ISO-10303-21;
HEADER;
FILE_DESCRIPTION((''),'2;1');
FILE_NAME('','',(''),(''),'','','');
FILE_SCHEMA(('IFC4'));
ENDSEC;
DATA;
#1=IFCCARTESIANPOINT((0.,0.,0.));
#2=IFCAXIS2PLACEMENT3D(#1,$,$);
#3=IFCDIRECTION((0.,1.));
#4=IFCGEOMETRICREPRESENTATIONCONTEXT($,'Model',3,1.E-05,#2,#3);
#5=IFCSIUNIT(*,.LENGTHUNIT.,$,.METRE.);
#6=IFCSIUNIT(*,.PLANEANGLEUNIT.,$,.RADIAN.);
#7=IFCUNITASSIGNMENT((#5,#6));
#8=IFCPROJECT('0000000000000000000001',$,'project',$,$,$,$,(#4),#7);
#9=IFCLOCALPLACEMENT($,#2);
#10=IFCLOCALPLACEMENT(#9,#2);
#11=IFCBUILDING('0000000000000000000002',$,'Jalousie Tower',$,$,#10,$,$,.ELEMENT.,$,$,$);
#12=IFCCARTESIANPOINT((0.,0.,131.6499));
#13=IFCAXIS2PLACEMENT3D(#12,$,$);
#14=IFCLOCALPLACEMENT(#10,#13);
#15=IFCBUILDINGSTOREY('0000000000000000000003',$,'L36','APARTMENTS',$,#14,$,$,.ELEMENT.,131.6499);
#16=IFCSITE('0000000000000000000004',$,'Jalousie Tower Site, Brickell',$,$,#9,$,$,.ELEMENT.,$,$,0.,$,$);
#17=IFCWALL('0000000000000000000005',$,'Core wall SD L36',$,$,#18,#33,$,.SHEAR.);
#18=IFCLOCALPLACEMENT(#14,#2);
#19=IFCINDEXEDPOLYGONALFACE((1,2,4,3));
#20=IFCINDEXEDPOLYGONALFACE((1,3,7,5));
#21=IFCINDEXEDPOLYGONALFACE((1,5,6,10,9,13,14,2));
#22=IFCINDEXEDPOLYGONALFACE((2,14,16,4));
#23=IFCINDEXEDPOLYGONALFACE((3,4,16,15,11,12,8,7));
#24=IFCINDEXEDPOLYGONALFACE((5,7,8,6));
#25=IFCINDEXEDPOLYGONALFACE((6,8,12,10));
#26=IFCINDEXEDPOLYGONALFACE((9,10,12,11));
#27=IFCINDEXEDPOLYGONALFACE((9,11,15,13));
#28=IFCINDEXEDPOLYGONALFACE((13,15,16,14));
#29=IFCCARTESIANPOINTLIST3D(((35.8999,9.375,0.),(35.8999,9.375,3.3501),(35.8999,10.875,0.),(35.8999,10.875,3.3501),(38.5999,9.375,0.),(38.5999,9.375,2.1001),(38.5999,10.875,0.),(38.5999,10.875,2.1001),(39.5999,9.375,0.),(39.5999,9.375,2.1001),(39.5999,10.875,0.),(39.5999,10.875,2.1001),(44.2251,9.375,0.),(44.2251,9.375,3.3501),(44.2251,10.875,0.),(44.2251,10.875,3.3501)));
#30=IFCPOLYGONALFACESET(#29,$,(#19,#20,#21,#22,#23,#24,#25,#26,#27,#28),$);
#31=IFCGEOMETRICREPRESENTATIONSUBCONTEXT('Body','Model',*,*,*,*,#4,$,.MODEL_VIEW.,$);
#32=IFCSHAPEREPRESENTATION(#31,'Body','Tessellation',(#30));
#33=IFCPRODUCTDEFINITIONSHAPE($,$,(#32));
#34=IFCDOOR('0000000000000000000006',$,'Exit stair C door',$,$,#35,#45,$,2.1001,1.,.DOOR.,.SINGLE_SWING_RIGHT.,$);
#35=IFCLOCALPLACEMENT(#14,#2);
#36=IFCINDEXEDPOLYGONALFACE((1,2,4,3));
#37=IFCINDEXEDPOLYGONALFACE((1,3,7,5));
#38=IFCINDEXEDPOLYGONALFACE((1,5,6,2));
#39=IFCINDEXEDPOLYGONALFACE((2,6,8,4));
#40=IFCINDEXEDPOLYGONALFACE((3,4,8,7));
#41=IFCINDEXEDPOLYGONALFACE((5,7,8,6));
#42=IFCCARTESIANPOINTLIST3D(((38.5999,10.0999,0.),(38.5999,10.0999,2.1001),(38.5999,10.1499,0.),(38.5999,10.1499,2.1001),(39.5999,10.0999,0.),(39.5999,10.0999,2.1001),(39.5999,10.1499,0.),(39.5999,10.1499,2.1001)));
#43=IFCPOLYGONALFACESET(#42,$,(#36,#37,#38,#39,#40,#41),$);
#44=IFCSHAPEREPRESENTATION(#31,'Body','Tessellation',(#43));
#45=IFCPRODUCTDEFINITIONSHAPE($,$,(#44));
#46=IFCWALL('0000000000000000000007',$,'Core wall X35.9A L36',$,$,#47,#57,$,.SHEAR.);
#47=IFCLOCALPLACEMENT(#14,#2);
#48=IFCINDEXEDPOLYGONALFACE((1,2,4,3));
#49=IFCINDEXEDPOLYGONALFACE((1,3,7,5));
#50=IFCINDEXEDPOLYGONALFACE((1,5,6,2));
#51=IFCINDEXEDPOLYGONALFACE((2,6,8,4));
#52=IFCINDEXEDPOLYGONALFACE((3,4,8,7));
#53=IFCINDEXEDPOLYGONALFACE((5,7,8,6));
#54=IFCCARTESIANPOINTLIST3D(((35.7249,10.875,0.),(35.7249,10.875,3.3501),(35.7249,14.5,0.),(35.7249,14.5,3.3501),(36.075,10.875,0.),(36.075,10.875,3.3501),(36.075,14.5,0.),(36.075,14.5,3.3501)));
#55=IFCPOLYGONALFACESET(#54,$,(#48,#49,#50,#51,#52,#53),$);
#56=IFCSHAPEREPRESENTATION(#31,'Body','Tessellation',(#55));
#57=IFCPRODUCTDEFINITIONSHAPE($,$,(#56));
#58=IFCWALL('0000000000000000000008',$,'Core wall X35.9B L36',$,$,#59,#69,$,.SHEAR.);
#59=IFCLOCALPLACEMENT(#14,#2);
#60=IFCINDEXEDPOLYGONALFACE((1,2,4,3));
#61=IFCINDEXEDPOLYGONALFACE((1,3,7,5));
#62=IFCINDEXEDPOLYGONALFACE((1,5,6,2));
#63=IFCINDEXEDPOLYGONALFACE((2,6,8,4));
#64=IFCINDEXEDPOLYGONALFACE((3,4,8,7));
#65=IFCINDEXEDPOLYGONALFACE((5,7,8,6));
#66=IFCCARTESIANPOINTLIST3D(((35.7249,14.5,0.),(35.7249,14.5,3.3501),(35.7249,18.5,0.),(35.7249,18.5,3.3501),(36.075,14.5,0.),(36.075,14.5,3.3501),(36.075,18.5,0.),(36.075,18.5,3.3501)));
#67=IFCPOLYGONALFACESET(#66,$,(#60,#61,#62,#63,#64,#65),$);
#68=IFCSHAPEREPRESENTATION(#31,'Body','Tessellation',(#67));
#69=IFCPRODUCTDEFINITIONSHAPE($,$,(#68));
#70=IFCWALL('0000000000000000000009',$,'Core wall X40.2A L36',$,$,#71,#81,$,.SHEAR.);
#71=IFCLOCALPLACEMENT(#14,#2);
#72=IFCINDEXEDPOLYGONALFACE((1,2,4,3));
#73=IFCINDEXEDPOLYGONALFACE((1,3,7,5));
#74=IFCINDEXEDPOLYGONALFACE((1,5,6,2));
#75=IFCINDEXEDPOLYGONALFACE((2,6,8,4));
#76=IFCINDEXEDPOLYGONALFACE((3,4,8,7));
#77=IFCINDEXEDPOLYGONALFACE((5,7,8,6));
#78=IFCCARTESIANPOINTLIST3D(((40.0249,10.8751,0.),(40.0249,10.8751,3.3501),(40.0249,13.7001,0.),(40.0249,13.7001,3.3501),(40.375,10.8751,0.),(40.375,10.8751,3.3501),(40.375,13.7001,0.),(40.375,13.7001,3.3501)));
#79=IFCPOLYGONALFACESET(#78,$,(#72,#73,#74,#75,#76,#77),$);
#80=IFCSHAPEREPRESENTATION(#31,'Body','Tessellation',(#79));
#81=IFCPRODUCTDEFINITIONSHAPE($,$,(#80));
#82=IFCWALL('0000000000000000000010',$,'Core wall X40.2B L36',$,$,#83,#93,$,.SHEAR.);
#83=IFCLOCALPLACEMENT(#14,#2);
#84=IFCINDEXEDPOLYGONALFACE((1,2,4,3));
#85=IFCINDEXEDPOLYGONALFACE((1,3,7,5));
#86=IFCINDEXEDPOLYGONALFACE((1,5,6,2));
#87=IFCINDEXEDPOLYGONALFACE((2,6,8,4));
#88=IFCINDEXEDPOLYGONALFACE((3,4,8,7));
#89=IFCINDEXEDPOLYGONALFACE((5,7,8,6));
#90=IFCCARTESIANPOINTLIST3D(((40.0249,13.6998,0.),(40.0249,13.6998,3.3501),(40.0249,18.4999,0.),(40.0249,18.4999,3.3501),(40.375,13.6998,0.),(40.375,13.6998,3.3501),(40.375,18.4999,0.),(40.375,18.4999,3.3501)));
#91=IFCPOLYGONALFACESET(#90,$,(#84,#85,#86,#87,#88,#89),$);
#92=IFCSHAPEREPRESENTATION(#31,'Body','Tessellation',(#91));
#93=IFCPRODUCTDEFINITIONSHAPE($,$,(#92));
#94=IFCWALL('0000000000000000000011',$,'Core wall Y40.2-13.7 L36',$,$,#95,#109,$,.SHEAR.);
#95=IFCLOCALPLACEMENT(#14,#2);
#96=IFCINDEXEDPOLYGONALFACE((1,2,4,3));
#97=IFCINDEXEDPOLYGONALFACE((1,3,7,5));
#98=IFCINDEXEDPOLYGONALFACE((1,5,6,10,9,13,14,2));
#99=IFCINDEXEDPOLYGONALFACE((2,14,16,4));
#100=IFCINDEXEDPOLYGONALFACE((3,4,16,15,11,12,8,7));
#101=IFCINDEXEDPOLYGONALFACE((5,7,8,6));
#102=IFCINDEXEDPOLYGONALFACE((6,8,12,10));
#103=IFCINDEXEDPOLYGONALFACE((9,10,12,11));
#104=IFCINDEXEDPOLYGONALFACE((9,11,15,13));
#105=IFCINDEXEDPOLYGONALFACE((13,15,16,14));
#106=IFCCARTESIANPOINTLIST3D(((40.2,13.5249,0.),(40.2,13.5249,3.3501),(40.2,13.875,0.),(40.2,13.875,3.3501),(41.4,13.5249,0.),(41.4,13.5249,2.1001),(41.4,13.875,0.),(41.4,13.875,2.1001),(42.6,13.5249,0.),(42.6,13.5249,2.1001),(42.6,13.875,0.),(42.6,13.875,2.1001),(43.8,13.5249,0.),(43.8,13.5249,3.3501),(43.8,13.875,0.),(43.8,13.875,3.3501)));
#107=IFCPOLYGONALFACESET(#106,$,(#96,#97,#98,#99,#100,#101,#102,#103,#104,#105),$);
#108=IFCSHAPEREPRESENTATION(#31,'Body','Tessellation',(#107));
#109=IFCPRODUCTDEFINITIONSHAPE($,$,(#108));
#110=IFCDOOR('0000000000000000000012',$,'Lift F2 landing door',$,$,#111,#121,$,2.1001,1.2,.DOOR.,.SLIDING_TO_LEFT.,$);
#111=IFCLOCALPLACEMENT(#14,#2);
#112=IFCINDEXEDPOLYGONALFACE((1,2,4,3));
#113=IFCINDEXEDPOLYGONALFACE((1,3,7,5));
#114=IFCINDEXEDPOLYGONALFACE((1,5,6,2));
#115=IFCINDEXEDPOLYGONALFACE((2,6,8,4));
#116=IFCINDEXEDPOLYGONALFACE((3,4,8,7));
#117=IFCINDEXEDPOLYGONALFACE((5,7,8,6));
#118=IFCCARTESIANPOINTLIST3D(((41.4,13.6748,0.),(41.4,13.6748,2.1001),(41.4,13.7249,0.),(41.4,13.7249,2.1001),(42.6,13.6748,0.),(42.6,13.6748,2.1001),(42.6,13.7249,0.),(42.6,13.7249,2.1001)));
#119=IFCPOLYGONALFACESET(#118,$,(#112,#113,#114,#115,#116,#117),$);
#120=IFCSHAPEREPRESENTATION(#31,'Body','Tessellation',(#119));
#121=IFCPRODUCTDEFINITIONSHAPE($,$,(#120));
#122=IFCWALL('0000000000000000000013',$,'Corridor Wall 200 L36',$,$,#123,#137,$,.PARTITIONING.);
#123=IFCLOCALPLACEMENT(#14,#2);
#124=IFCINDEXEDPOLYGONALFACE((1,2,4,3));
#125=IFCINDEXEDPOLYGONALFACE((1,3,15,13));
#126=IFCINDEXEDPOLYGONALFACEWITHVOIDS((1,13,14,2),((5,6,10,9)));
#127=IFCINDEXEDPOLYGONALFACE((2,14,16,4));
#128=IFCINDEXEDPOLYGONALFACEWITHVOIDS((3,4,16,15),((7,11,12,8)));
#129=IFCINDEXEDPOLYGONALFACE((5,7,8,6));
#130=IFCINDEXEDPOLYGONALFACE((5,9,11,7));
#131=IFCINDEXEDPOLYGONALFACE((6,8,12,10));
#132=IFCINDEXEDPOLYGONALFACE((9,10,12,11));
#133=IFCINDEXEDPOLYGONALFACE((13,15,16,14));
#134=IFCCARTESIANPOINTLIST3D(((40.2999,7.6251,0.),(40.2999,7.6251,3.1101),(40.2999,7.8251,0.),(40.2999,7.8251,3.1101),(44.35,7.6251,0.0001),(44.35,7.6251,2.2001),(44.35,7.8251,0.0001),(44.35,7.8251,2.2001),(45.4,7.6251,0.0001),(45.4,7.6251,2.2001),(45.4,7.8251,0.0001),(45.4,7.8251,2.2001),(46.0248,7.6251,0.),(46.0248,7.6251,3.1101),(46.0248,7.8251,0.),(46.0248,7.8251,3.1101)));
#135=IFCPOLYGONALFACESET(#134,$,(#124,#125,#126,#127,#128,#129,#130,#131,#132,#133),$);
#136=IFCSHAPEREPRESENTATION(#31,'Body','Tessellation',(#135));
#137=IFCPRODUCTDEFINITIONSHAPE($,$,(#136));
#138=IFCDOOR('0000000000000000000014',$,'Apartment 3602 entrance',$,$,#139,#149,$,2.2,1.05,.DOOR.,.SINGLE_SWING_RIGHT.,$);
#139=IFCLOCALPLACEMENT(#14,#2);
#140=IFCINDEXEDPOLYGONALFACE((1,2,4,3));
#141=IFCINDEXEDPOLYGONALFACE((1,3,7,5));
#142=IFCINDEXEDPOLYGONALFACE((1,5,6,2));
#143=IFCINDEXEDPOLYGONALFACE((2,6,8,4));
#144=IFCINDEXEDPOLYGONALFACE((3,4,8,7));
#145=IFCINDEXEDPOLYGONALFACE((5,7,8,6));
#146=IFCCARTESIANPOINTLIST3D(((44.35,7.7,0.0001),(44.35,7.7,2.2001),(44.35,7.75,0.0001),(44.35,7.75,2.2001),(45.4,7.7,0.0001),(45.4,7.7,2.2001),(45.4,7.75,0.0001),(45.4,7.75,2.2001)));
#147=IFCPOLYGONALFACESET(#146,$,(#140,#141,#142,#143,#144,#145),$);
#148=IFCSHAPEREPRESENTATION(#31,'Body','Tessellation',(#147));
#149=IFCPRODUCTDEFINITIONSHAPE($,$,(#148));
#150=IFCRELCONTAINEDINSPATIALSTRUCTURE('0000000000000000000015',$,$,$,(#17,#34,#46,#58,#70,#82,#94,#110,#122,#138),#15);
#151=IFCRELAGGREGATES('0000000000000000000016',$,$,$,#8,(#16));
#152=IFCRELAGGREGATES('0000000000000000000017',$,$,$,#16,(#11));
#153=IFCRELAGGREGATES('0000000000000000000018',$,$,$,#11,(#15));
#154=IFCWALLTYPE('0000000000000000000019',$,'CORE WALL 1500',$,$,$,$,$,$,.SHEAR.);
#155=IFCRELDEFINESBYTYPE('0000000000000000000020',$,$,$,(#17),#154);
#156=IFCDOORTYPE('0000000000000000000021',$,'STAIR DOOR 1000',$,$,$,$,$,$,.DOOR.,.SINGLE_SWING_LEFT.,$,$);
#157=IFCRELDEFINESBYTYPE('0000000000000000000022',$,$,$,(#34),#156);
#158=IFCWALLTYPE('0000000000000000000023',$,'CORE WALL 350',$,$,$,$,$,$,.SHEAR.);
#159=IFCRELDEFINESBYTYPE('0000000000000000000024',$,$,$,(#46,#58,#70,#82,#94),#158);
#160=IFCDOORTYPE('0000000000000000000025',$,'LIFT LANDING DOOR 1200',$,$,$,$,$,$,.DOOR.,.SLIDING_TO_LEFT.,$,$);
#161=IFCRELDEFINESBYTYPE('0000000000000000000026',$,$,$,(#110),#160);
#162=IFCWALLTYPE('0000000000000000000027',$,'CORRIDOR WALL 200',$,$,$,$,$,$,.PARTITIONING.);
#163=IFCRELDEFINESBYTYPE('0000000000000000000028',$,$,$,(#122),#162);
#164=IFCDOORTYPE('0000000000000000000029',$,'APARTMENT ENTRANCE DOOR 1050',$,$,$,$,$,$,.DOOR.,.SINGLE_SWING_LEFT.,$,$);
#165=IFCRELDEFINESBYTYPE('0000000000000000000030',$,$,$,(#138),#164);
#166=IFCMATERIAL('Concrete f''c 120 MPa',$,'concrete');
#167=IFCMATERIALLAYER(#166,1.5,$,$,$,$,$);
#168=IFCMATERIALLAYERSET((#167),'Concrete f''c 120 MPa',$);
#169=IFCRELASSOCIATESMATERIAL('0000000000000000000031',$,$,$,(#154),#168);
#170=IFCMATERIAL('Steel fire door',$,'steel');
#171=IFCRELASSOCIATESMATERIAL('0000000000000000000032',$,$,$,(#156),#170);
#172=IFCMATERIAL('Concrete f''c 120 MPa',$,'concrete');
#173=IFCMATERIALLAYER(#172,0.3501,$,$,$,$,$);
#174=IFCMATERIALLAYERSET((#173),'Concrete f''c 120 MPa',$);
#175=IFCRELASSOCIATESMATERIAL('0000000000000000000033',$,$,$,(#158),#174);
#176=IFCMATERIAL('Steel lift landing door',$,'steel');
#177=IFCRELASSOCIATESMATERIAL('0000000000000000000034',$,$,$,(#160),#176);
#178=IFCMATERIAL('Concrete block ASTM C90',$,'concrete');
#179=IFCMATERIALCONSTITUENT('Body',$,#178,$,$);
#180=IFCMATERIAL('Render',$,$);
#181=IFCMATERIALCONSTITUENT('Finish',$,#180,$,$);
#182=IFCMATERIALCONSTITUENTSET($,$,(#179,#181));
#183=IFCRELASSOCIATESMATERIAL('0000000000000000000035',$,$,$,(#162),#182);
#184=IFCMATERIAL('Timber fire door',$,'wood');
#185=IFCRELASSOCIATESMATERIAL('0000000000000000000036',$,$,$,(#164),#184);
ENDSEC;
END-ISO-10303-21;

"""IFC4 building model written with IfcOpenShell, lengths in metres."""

from ifc_helpers import new_model, si_unit, direction, frame, frame_2d, origin, place, context, subcontext, project, spatial, rectangle, extrude, material, layer, layer_set, constituent, constituent_set, type_object, element, fill, save


model = new_model("IFC4")

# Units and contexts
model_context = context("Model", 3, precision=1e-05, world=origin(), true_north=direction((0.0, 1.0)))
body_context = subcontext(model_context, "Body", "Model", "MODEL_VIEW")
ifc_project = project(units=[si_unit("LENGTHUNIT", "METRE"), si_unit("PLANEANGLEUNIT", "RADIAN")], contexts=[model_context])

# Site, building, storey
site_placement = place(None, origin())
site = spatial("IfcSite", under=ifc_project, at=site_placement, Name="Jalousie Tower Site, Brickell", CompositionType="ELEMENT", RefElevation=0.0)
building_placement = place(site_placement, origin())
building = spatial("IfcBuilding", under=site, at=building_placement, Name="Jalousie Tower", CompositionType="ELEMENT")
storey_placement = place(building_placement, frame((0.0, 0.0, 131.6499)))
storey = spatial("IfcBuildingStorey", under=building, at=storey_placement, Name="L36", Description="APARTMENTS", CompositionType="ELEMENT", Elevation=131.6499)

# Wall, opening, door
ifc_material_1 = material(Name="Concrete f'c 120 MPa", Category="concrete")
ifc_layer_1 = layer(ifc_material_1, 1.5)
ifc_layer_set_1 = layer_set([ifc_layer_1], Name="Concrete f'c 120 MPa")
wall_type_1 = type_object("IfcWallType", Name="CORE WALL 1500", PredefinedType="SHEAR", material=ifc_layer_set_1)
wall_1_placement = place(storey_placement, frame((35.8999, 10.125, 0.0), z_axis=(0.0, 0.0, 1.0), x_axis=(1.0, 0.0, 0.0)))
wall_1 = element("IfcWall", 1, at=wall_1_placement, inside=storey, type_object=wall_type_1, Name="Core wall SD L36", PredefinedType="SHEAR", context=body_context, shape_type="SweptSolid", body=[
    extrude(rectangle(XDim=8.3252, YDim=1.5, at=frame_2d((4.1626, 0.0))), origin(), (0.0, 0.0, 1.0), 3.3501),
])
opening_1_placement = place(wall_1_placement, frame((2.7, 0.0, 0.0)))
opening_1 = element("IfcOpeningElement", 2, at=opening_1_placement, cuts=wall_1, PredefinedType="OPENING", context=body_context, shape_type="SweptSolid", body=[
    extrude(rectangle(XDim=1.0, YDim=2.1001, at=frame_2d((0.5, 1.05))), frame((0.0, 0.76, 0.0), z_axis=(0.0, -1.0, 0.0), x_axis=(1.0, 0.0, 0.0)), (0.0, 0.0, 1.0), 1.52),
])
ifc_material_2 = material(Name="Steel fire door", Category="steel")
door_type_1 = type_object("IfcDoorType", Name="STAIR DOOR 1000", OperationType="SINGLE_SWING_LEFT", PredefinedType="DOOR", material=ifc_material_2)
door_1_placement = place(opening_1_placement, origin())
door_1 = element("IfcDoor", 3, at=door_1_placement, inside=storey, type_object=door_type_1, Name="Exit stair C door", OperationType="SINGLE_SWING_RIGHT", OverallHeight=2.1001, OverallWidth=1.0, PredefinedType="DOOR", context=body_context, shape_type="SweptSolid", body=[
    extrude(rectangle(XDim=1.0, YDim=2.1001, at=frame_2d((0.5, 1.05))), frame((0.0, 0.0249, 0.0), z_axis=(0.0, -1.0, 0.0), x_axis=(1.0, 0.0, 0.0)), (0.0, 0.0, 1.0), 0.05),
])
fill(opening_1, door_1)

# Walls
ifc_material_3 = material(Name="Concrete f'c 120 MPa", Category="concrete")
ifc_layer_2 = layer(ifc_material_3, 0.3501)
ifc_layer_set_2 = layer_set([ifc_layer_2], Name="Concrete f'c 120 MPa")
wall_type_2 = type_object("IfcWallType", Name="CORE WALL 350", PredefinedType="SHEAR", material=ifc_layer_set_2)
wall_2_placement = place(storey_placement, frame((35.8999, 10.875, 0.0), z_axis=(0.0, 0.0, 1.0), x_axis=(0.0, 1.0, 0.0)))
element("IfcWall", 4, at=wall_2_placement, inside=storey, type_object=wall_type_2, Name="Core wall X35.9A L36", PredefinedType="SHEAR", context=body_context, shape_type="SweptSolid", body=[
    extrude(rectangle(XDim=3.625, YDim=0.3501, at=frame_2d((1.8125, 0.0))), origin(), (0.0, 0.0, 1.0), 3.3501),
])
wall_3_placement = place(storey_placement, frame((35.8999, 14.5, 0.0), z_axis=(0.0, 0.0, 1.0), x_axis=(0.0, 1.0, 0.0)))
element("IfcWall", 5, at=wall_3_placement, inside=storey, type_object=wall_type_2, Name="Core wall X35.9B L36", PredefinedType="SHEAR", context=body_context, shape_type="SweptSolid", body=[
    extrude(rectangle(XDim=4.0, YDim=0.3501, at=frame_2d((2.0, 0.0))), origin(), (0.0, 0.0, 1.0), 3.3501),
])
wall_4_placement = place(storey_placement, frame((40.2, 10.875, 0.0), z_axis=(0.0, 0.0, 1.0), x_axis=(0.0, 1.0, 0.0)))
element("IfcWall", 6, at=wall_4_placement, inside=storey, type_object=wall_type_2, Name="Core wall X40.2A L36", PredefinedType="SHEAR", context=body_context, shape_type="SweptSolid", body=[
    extrude(rectangle(XDim=2.825, YDim=0.3501, at=frame_2d((1.4126, 0.0))), origin(), (0.0, 0.0, 1.0), 3.3501),
])
wall_5_placement = place(storey_placement, frame((40.2, 13.7, 0.0), z_axis=(0.0, 0.0, 1.0), x_axis=(0.0, 1.0, 0.0)))
element("IfcWall", 7, at=wall_5_placement, inside=storey, type_object=wall_type_2, Name="Core wall X40.2B L36", PredefinedType="SHEAR", context=body_context, shape_type="SweptSolid", body=[
    extrude(rectangle(XDim=4.8, YDim=0.3501, at=frame_2d((2.3999, 0.0))), origin(), (0.0, 0.0, 1.0), 3.3501),
])

# Walls, openings, doors
wall_6_placement = place(storey_placement, frame((40.2, 13.7, 0.0), z_axis=(0.0, 0.0, 1.0), x_axis=(1.0, 0.0, 0.0)))
wall_6 = element("IfcWall", 8, at=wall_6_placement, inside=storey, type_object=wall_type_2, Name="Core wall Y40.2-13.7 L36", PredefinedType="SHEAR", context=body_context, shape_type="SweptSolid", body=[
    extrude(rectangle(XDim=3.6001, YDim=0.3501, at=frame_2d((1.8, 0.0))), origin(), (0.0, 0.0, 1.0), 3.3501),
])
opening_2_placement = place(wall_6_placement, frame((1.2, 0.0, 0.0)))
opening_2 = element("IfcOpeningElement", 9, at=opening_2_placement, cuts=wall_6, PredefinedType="OPENING", context=body_context, shape_type="SweptSolid", body=[
    extrude(rectangle(XDim=1.2, YDim=2.1001, at=frame_2d((0.6001, 1.05))), frame((0.0, 0.1851, 0.0), z_axis=(0.0, -1.0, 0.0), x_axis=(1.0, 0.0, 0.0)), (0.0, 0.0, 1.0), 0.3701),
])
ifc_material_4 = material(Name="Steel lift landing door", Category="steel")
door_type_2 = type_object("IfcDoorType", Name="LIFT LANDING DOOR 1200", OperationType="SLIDING_TO_LEFT", PredefinedType="DOOR", material=ifc_material_4)
door_2_placement = place(opening_2_placement, origin())
door_2 = element("IfcDoor", 10, at=door_2_placement, inside=storey, type_object=door_type_2, Name="Lift F2 landing door", OperationType="SLIDING_TO_LEFT", OverallHeight=2.1001, OverallWidth=1.2, PredefinedType="DOOR", context=body_context, shape_type="SweptSolid", body=[
    extrude(rectangle(XDim=1.2, YDim=2.1001, at=frame_2d((0.6001, 1.05))), frame((0.0, 0.0249, 0.0), z_axis=(0.0, -1.0, 0.0), x_axis=(1.0, 0.0, 0.0)), (0.0, 0.0, 1.0), 0.05),
])
fill(opening_2, door_2)
ifc_material_5 = material(Name="Concrete block ASTM C90", Category="concrete")
ifc_constituent_1 = constituent(ifc_material_5, Name="Body")
ifc_material_6 = material(Name="Render")
ifc_constituent_2 = constituent(ifc_material_6, Name="Finish")
ifc_constituent_set_1 = constituent_set(constituents=[ifc_constituent_1, ifc_constituent_2])
wall_type_3 = type_object("IfcWallType", Name="CORRIDOR WALL 200", PredefinedType="PARTITIONING", material=ifc_constituent_set_1)
wall_7_placement = place(storey_placement, frame((40.3, 7.7251, 0.0), z_axis=(0.0, 0.0, 1.0), x_axis=(1.0, 0.0, 0.0)))
wall_7 = element("IfcWall", 11, at=wall_7_placement, inside=storey, type_object=wall_type_3, Name="Corridor Wall 200 L36", PredefinedType="PARTITIONING", context=body_context, shape_type="SweptSolid", body=[
    extrude(rectangle(XDim=5.7249, YDim=0.2, at=frame_2d((2.8623, 0.0))), origin(), (0.0, 0.0, 1.0), 3.1101),
])
opening_3_placement = place(wall_7_placement, frame((4.05, 0.0, 0.0)))
opening_3 = element("IfcOpeningElement", 12, at=opening_3_placement, cuts=wall_7, PredefinedType="OPENING", context=body_context, shape_type="SweptSolid", body=[
    extrude(rectangle(XDim=1.05, YDim=2.2, at=frame_2d((0.5249, 1.1001))), frame((0.0, 0.1099, 0.0), z_axis=(0.0, -1.0, 0.0), x_axis=(1.0, 0.0, 0.0)), (0.0, 0.0, 1.0), 0.22),
])
ifc_material_7 = material(Name="Timber fire door", Category="wood")
door_type_3 = type_object("IfcDoorType", Name="APARTMENT ENTRANCE DOOR 1050", OperationType="SINGLE_SWING_LEFT", PredefinedType="DOOR", material=ifc_material_7)
door_3_placement = place(opening_3_placement, origin())
door_3 = element("IfcDoor", 13, at=door_3_placement, inside=storey, type_object=door_type_3, Name="Apartment 3602 entrance", OperationType="SINGLE_SWING_RIGHT", OverallHeight=2.2, OverallWidth=1.05, PredefinedType="DOOR", context=body_context, shape_type="SweptSolid", body=[
    extrude(rectangle(XDim=1.05, YDim=2.2, at=frame_2d((0.5249, 1.1001))), frame((0.0, 0.0249, 0.0), z_axis=(0.0, -1.0, 0.0), x_axis=(1.0, 0.0, 0.0)), (0.0, 0.0, 1.0), 0.05),
])
fill(opening_3, door_3)

save(model, "model.ifc")
